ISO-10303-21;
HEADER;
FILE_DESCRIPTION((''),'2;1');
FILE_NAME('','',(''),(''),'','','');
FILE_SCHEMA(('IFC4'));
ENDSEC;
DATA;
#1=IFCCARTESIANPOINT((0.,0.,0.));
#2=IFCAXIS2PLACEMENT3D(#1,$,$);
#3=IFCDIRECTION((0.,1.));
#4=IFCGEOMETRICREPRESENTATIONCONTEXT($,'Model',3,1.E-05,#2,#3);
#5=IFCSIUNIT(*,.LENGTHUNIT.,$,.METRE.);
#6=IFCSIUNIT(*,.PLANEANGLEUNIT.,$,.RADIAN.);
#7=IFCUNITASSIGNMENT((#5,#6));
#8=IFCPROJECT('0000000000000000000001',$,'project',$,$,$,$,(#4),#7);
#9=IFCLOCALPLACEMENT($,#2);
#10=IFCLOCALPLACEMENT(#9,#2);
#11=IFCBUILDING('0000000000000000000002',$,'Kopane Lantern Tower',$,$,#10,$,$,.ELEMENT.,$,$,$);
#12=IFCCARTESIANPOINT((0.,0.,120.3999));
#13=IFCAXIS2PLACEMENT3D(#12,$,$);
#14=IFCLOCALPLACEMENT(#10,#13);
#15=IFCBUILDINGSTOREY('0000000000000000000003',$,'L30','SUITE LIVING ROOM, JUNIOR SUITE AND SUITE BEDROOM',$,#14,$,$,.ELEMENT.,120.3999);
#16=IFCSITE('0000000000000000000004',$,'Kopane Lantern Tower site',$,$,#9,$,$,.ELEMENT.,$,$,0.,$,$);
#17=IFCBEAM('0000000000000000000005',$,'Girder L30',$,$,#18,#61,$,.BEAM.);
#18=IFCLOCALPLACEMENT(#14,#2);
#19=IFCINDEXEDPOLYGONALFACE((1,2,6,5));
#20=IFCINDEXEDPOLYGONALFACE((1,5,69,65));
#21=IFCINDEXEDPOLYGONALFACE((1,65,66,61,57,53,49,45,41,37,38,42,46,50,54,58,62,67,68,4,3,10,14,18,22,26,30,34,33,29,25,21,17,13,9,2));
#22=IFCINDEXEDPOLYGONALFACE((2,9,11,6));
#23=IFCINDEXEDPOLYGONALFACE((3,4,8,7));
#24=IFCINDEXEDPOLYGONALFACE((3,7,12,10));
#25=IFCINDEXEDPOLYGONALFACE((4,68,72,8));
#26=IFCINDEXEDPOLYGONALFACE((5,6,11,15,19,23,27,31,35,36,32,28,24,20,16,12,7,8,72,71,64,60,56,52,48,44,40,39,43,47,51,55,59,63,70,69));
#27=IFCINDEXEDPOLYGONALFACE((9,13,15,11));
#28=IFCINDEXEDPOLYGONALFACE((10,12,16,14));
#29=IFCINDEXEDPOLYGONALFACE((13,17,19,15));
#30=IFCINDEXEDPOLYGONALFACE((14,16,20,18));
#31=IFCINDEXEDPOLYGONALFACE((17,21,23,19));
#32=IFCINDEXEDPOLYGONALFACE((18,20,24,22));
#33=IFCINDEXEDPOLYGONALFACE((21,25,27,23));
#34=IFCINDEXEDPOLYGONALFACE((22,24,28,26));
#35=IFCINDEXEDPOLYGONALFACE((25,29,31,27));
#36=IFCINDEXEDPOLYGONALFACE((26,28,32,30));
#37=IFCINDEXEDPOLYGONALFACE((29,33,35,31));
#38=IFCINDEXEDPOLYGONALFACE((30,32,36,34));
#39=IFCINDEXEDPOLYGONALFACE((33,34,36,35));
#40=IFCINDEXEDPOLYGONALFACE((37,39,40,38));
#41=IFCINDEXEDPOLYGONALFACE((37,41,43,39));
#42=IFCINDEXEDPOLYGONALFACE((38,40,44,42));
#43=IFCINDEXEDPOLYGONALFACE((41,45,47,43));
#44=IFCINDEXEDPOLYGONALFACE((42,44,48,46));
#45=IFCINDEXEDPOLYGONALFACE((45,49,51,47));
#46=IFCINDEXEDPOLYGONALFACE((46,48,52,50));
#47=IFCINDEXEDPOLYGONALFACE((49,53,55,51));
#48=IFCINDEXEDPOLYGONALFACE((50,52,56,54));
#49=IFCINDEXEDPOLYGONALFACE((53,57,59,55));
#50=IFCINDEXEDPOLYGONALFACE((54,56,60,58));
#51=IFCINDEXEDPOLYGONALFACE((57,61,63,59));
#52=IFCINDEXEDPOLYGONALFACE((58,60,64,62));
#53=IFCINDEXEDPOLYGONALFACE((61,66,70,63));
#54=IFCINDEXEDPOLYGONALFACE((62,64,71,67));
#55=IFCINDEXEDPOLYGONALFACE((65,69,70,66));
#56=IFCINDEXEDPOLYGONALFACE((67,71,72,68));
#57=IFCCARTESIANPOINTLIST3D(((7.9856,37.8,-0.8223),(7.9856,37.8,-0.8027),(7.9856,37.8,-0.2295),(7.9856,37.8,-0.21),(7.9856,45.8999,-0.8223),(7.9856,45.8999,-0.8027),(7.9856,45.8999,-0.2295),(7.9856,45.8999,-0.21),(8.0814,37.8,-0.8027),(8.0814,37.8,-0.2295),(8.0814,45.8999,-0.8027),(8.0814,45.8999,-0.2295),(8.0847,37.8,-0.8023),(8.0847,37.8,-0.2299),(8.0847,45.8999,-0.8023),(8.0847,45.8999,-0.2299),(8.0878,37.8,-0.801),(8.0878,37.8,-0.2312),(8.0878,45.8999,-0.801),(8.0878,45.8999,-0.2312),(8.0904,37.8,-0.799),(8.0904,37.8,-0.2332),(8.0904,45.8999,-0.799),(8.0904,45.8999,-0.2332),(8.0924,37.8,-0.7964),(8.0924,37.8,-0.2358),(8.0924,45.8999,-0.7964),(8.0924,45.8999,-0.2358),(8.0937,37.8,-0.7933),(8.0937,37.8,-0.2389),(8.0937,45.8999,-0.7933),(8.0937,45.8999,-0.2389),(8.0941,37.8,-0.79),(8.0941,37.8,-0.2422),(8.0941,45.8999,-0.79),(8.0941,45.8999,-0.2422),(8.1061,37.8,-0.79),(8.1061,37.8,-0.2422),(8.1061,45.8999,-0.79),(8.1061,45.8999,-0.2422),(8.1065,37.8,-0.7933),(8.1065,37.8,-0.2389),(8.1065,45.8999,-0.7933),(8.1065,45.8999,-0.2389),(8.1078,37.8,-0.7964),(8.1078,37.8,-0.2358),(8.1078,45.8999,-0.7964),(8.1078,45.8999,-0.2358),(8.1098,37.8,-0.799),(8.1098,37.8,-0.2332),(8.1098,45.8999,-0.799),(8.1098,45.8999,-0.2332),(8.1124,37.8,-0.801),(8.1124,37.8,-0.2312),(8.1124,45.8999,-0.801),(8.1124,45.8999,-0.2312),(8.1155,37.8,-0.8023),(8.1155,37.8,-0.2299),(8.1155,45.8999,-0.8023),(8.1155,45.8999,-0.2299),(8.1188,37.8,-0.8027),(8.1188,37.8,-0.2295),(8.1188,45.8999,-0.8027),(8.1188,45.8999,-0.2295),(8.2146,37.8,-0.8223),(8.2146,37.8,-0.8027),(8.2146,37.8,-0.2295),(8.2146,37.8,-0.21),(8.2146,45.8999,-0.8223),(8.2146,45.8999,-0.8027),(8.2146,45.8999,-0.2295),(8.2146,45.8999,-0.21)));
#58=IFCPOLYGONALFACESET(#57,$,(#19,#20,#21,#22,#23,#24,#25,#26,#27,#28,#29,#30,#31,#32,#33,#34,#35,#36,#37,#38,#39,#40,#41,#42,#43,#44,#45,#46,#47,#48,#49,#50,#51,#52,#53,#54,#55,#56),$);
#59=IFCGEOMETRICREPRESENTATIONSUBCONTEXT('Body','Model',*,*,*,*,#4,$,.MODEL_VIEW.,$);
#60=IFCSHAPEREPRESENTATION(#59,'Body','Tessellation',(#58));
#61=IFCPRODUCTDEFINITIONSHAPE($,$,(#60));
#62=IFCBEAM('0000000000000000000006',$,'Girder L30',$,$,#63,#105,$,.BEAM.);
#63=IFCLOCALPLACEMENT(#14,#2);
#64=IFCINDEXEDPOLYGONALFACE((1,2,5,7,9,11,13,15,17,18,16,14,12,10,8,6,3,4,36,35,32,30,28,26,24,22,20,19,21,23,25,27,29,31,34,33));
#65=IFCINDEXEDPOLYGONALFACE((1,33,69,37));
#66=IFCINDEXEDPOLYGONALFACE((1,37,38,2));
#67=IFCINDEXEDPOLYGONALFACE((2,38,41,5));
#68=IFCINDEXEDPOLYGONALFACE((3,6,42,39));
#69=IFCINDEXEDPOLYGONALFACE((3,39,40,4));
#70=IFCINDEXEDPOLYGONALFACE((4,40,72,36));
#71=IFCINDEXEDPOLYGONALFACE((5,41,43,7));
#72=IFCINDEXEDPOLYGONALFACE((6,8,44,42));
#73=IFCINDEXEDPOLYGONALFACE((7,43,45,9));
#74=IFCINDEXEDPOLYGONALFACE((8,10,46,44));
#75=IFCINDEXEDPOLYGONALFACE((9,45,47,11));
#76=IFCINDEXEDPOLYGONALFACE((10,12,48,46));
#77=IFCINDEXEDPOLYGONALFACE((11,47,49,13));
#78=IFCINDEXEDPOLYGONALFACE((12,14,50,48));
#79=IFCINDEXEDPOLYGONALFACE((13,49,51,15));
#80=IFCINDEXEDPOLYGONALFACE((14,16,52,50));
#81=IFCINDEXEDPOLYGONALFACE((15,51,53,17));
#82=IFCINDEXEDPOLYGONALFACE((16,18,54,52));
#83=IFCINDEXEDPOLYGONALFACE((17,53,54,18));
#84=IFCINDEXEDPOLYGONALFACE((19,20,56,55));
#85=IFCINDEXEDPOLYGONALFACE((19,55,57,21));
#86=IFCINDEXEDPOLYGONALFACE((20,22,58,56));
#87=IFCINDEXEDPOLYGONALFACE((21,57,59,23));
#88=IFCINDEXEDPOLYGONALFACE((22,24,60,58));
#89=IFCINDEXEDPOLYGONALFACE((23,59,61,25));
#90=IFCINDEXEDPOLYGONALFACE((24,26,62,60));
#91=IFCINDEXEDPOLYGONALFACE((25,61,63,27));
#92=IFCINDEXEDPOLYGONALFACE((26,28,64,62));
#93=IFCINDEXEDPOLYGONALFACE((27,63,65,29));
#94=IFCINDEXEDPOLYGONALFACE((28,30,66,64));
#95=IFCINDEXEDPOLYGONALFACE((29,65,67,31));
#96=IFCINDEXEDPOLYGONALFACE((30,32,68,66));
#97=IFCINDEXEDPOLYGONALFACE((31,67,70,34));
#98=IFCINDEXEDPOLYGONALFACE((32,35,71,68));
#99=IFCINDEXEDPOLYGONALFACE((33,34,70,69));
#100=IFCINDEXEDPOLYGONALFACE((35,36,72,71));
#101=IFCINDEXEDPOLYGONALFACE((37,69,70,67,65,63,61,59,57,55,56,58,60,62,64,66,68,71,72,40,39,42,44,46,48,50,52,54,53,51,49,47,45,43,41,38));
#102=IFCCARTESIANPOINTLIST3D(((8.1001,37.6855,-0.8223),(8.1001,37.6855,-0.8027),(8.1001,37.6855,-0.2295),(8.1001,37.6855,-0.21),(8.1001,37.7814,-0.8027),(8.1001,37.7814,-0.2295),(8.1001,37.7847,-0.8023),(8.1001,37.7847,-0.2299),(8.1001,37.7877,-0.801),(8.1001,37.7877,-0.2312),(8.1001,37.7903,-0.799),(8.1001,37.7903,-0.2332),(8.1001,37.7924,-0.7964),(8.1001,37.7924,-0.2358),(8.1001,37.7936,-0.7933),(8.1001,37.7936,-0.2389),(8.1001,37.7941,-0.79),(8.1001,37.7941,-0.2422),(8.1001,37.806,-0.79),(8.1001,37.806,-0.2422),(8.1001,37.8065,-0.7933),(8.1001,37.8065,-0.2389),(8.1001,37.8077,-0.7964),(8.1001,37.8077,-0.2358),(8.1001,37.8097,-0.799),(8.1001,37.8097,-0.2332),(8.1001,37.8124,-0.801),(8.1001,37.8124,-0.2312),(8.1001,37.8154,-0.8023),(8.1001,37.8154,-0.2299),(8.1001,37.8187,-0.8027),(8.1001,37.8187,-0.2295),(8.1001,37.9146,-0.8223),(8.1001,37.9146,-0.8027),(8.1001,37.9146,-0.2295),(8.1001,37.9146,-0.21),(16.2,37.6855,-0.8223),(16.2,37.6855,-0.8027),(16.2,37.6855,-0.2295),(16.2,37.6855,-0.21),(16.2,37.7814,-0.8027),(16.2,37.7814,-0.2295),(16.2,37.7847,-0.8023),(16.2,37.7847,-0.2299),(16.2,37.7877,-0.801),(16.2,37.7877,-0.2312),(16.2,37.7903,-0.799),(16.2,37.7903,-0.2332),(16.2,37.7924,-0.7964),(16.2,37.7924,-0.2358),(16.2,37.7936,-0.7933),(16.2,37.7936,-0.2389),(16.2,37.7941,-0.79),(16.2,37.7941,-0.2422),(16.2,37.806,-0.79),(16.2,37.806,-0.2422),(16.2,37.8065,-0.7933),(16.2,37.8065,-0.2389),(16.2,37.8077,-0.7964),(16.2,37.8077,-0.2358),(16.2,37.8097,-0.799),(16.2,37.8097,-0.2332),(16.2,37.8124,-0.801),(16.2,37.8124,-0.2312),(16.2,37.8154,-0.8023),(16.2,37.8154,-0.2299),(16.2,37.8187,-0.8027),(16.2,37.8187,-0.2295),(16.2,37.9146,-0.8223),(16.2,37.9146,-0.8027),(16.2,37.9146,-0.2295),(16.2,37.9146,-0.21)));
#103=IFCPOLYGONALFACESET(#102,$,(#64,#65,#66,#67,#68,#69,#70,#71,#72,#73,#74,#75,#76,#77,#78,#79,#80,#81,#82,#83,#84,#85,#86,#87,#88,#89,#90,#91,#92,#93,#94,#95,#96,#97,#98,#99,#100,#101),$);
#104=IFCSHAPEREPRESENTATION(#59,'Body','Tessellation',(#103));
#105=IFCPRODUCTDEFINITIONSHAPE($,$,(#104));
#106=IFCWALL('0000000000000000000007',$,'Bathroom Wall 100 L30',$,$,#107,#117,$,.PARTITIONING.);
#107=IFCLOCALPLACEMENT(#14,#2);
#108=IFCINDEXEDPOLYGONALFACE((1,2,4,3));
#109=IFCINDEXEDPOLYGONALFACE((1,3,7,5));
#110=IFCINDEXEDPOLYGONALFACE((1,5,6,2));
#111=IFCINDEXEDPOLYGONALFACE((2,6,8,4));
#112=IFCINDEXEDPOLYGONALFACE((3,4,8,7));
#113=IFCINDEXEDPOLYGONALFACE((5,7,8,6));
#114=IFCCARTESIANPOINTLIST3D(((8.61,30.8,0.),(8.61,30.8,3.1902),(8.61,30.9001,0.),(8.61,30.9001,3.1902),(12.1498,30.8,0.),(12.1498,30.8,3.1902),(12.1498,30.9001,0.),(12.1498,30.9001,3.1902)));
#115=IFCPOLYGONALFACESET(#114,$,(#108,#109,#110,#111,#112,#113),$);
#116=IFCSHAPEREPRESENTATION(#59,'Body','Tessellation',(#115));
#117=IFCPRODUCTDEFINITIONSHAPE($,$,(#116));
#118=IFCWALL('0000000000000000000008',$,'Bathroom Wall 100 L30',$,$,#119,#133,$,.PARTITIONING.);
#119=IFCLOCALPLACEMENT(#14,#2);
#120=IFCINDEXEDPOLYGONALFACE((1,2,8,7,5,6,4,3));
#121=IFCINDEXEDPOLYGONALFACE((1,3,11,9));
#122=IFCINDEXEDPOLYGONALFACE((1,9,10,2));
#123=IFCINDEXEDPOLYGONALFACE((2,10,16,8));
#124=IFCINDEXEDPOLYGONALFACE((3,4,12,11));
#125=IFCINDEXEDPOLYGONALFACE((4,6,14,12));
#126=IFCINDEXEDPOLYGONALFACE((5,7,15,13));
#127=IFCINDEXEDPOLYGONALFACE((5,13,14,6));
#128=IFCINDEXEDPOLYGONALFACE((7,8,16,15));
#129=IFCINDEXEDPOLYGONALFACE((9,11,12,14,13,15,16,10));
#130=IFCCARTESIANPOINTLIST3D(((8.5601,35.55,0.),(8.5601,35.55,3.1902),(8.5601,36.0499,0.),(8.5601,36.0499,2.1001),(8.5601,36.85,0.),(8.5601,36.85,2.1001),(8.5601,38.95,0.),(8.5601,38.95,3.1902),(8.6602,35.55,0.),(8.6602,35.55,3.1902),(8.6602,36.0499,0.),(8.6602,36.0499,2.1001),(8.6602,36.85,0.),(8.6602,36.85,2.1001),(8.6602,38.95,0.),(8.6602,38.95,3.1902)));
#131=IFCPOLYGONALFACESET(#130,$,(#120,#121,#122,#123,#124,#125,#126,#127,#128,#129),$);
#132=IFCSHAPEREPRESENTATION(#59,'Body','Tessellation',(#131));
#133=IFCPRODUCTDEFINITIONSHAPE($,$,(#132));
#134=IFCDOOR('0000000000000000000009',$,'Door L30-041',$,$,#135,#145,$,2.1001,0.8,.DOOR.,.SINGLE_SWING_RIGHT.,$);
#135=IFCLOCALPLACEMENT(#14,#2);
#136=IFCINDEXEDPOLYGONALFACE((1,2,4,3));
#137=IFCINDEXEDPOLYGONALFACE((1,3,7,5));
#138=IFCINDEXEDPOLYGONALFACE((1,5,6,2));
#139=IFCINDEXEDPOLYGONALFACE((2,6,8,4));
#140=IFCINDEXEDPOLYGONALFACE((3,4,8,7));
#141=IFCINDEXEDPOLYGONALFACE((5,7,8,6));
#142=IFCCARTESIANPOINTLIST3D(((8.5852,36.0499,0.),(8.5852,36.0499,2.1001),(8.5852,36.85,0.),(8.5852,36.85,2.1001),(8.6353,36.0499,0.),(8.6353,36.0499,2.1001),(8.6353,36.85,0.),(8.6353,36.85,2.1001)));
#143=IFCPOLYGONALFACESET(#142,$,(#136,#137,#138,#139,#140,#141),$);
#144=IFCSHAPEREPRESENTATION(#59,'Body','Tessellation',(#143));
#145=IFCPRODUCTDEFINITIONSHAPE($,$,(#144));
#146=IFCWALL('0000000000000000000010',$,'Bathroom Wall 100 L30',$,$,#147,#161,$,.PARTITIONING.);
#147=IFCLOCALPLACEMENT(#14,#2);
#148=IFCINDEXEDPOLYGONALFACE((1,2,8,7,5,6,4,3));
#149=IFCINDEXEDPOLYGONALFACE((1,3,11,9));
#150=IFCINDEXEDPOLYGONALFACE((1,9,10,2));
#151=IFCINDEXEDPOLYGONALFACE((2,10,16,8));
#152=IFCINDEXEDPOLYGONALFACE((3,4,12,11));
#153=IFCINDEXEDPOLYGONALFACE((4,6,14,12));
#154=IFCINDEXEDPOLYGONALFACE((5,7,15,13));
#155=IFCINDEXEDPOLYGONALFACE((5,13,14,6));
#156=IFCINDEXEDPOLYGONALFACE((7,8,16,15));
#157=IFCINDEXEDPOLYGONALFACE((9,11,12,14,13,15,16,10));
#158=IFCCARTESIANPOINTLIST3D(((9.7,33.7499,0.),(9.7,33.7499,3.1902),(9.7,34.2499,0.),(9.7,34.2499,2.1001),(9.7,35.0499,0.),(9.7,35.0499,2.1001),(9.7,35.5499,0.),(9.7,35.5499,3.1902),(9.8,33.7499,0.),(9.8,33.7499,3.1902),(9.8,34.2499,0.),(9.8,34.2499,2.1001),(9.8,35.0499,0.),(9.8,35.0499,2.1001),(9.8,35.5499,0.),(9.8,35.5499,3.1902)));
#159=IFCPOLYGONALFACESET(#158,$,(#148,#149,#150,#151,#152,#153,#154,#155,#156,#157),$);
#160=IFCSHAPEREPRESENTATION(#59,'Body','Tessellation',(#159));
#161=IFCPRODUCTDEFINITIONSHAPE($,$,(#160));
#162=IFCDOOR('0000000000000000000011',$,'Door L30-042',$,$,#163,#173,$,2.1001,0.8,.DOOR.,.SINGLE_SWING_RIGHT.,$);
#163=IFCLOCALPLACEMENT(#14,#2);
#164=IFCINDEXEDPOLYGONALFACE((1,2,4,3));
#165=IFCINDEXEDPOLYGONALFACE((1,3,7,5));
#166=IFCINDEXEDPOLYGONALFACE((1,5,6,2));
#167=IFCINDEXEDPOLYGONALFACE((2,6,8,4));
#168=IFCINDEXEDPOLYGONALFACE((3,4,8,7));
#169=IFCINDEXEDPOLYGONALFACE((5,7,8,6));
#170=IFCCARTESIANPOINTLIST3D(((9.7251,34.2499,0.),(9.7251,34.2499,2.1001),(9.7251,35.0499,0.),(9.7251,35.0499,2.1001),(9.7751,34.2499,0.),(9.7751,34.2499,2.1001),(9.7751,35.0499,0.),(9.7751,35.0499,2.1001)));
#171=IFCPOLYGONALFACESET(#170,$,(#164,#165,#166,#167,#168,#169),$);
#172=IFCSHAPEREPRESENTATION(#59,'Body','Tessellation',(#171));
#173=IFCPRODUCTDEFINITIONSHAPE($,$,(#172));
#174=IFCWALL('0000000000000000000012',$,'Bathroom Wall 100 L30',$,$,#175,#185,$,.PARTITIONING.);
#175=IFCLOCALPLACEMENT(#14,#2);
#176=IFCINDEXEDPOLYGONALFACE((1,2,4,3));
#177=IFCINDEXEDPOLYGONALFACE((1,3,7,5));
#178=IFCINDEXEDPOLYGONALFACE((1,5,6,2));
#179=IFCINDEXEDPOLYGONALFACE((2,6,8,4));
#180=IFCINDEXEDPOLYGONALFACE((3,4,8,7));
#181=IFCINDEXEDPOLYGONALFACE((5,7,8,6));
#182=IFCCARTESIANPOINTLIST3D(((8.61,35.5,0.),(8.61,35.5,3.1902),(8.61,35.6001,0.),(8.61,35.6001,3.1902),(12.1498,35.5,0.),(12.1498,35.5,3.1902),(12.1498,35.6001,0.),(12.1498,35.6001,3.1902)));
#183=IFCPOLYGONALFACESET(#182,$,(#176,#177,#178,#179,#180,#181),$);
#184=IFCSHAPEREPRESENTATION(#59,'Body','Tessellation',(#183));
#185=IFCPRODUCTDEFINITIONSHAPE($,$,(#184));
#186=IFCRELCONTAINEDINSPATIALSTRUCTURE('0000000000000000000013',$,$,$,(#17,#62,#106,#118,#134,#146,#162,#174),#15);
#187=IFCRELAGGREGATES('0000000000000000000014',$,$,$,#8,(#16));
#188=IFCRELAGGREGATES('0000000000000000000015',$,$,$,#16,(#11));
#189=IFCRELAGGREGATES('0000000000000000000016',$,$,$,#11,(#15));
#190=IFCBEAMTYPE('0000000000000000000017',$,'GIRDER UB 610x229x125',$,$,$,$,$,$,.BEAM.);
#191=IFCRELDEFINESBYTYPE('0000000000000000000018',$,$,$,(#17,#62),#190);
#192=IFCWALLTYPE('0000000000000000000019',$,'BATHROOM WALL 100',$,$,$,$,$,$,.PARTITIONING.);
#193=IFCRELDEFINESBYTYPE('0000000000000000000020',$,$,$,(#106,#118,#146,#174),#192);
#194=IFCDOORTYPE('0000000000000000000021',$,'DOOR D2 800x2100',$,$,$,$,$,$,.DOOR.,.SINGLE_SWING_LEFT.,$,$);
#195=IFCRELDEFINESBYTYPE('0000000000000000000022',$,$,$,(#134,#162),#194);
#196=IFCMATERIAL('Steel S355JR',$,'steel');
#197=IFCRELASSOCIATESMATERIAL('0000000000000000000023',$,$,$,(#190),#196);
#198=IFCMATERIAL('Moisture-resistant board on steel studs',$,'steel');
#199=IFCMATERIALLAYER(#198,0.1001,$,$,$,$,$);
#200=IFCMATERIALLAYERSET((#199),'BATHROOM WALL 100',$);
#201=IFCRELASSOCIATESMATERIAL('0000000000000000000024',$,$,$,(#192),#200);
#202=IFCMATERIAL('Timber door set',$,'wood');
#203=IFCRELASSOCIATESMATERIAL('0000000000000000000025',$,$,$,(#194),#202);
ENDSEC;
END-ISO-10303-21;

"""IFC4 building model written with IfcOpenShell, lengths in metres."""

from ifc_helpers import new_model, si_unit, direction, frame, frame_2d, origin, origin_2d, place, context, subcontext, project, spatial, rectangle, i_section, extrude, material, layer, layer_set, material_profile, profile_set, type_object, element, fill, save


model = new_model("IFC4")

# Units and contexts
model_context = context("Model", 3, precision=1e-05, world=origin(), true_north=direction((0.0, 1.0)))
body_context = subcontext(model_context, "Body", "Model", "MODEL_VIEW")
ifc_project = project(units=[si_unit("LENGTHUNIT", "METRE"), si_unit("PLANEANGLEUNIT", "RADIAN")], contexts=[model_context])

# Site, building, storey
site_placement = place(None, origin())
site = spatial("IfcSite", under=ifc_project, at=site_placement, Name="Kopane Lantern Tower site", CompositionType="ELEMENT", RefElevation=0.0)
building_placement = place(site_placement, origin())
building = spatial("IfcBuilding", under=site, at=building_placement, Name="Kopane Lantern Tower", CompositionType="ELEMENT")
storey_placement = place(building_placement, frame((0.0, 0.0, 120.3999)))
storey = spatial("IfcBuildingStorey", under=building, at=storey_placement, Name="L30", Description="SUITE LIVING ROOM, JUNIOR SUITE AND SUITE BEDROOM", CompositionType="ELEMENT", Elevation=120.3999)

# Beams
ifc_material_1 = material(Name="Steel S355JR", Category="steel")
ifc_material_profile_1 = material_profile(ifc_material_1, i_section(OverallWidth=0.229, OverallDepth=0.6123, WebThickness=0.012, FlangeThickness=0.0195, FilletRadius=0.0127, at=origin_2d()), Name="UB 610x229x125")
ifc_profile_set_1 = profile_set([ifc_material_profile_1], Name="Steel S355JR")
beam_type = type_object("IfcBeamType", Name="GIRDER UB 610x229x125", PredefinedType="BEAM", material=ifc_profile_set_1)
for number, where, z_axis, x_axis, name in (
    (1, (8.1001, 37.8, -0.5161), (0.0, 1.0, 0.0), (-1.0, 0.0, 0.0), "Girder L30"),
    (2, (8.1001, 37.8, -0.5161), (1.0, 0.0, 0.0), (0.0, 1.0, 0.0), "Girder L30"),
):
    element("IfcBeam", number, at=place(storey_placement, frame(where, z_axis=z_axis, x_axis=x_axis)), inside=storey, type_object=beam_type, Name=name, PredefinedType="BEAM", context=body_context, shape_type="SweptSolid", body=[
        extrude(i_section(OverallWidth=0.229, OverallDepth=0.6123, WebThickness=0.012, FlangeThickness=0.0195, FilletRadius=0.0127, at=origin_2d()), origin(), (0.0, 0.0, 1.0), 8.0999),
    ])

# Wall
ifc_material_2 = material(Name="Moisture-resistant board on steel studs", Category="steel")
ifc_layer_1 = layer(ifc_material_2, 0.1001)
ifc_layer_set_1 = layer_set([ifc_layer_1], Name="BATHROOM WALL 100")
wall_type_1 = type_object("IfcWallType", Name="BATHROOM WALL 100", PredefinedType="PARTITIONING", material=ifc_layer_set_1)
wall_1_placement = place(storey_placement, frame((12.1499, 30.8501, 0.0), z_axis=(0.0, 0.0, 1.0), x_axis=(-1.0, 0.0, 0.0)))
element("IfcWall", 3, at=wall_1_placement, inside=storey, type_object=wall_type_1, Name="Bathroom Wall 100 L30", PredefinedType="PARTITIONING", context=body_context, shape_type="SweptSolid", body=[
    extrude(rectangle(XDim=3.5398, YDim=0.1001, at=frame_2d((1.77, 0.0))), origin(), (0.0, 0.0, 1.0), 3.1902),
])

# Walls, openings, doors
wall_2_placement = place(storey_placement, frame((8.6101, 35.55, 0.0), z_axis=(0.0, 0.0, 1.0), x_axis=(0.0, 1.0, 0.0)))
wall_2 = element("IfcWall", 4, at=wall_2_placement, inside=storey, type_object=wall_type_1, Name="Bathroom Wall 100 L30", PredefinedType="PARTITIONING", context=body_context, shape_type="SweptSolid", body=[
    extrude(rectangle(XDim=3.3999, YDim=0.1001, at=frame_2d((1.7, 0.0))), origin(), (0.0, 0.0, 1.0), 3.1902),
])
opening_1_placement = place(wall_2_placement, frame((0.5, 0.0, 0.0)))
opening_1 = element("IfcOpeningElement", 5, at=opening_1_placement, cuts=wall_2, PredefinedType="OPENING", context=body_context, shape_type="SweptSolid", body=[
    extrude(rectangle(XDim=0.8, YDim=2.1001, at=frame_2d((0.3999, 1.05))), frame((0.0, 0.0601, 0.0), z_axis=(0.0, -1.0, 0.0), x_axis=(1.0, 0.0, 0.0)), (0.0, 0.0, 1.0), 0.1201),
])
ifc_material_3 = material(Name="Timber door set", Category="wood")
door_type = type_object("IfcDoorType", Name="DOOR D2 800x2100", OperationType="SINGLE_SWING_LEFT", PredefinedType="DOOR", material=ifc_material_3)
door_1_placement = place(opening_1_placement, origin())
door_1 = element("IfcDoor", 6, at=door_1_placement, inside=storey, type_object=door_type, Name="Door L30-041", OperationType="SINGLE_SWING_RIGHT", OverallHeight=2.1001, OverallWidth=0.8, PredefinedType="DOOR", context=body_context, shape_type="SweptSolid", body=[
    extrude(rectangle(XDim=0.8, YDim=2.1001, at=frame_2d((0.3999, 1.05))), frame((0.0, 0.0249, 0.0), z_axis=(0.0, -1.0, 0.0), x_axis=(1.0, 0.0, 0.0)), (0.0, 0.0, 1.0), 0.05),
])
fill(opening_1, door_1)
wall_3_placement = place(storey_placement, frame((9.75, 33.75, 0.0), z_axis=(0.0, 0.0, 1.0), x_axis=(0.0, 1.0, 0.0)))
wall_3 = element("IfcWall", 7, at=wall_3_placement, inside=storey, type_object=wall_type_1, Name="Bathroom Wall 100 L30", PredefinedType="PARTITIONING", context=body_context, shape_type="SweptSolid", body=[
    extrude(rectangle(XDim=1.8, YDim=0.1001, at=frame_2d((0.8999, 0.0))), origin(), (0.0, 0.0, 1.0), 3.1902),
])
opening_2_placement = place(wall_3_placement, frame((0.5, 0.0, 0.0)))
opening_2 = element("IfcOpeningElement", 8, at=opening_2_placement, cuts=wall_3, PredefinedType="OPENING", context=body_context, shape_type="SweptSolid", body=[
    extrude(rectangle(XDim=0.8, YDim=2.1001, at=frame_2d((0.3999, 1.05))), frame((0.0, 0.0601, 0.0), z_axis=(0.0, -1.0, 0.0), x_axis=(1.0, 0.0, 0.0)), (0.0, 0.0, 1.0), 0.1201),
])
door_2_placement = place(opening_2_placement, origin())
door_2 = element("IfcDoor", 9, at=door_2_placement, inside=storey, type_object=door_type, Name="Door L30-042", OperationType="SINGLE_SWING_RIGHT", OverallHeight=2.1001, OverallWidth=0.8, PredefinedType="DOOR", context=body_context, shape_type="SweptSolid", body=[
    extrude(rectangle(XDim=0.8, YDim=2.1001, at=frame_2d((0.3999, 1.05))), frame((0.0, 0.0249, 0.0), z_axis=(0.0, -1.0, 0.0), x_axis=(1.0, 0.0, 0.0)), (0.0, 0.0, 1.0), 0.05),
])
fill(opening_2, door_2)

# Wall
for number, where, z_axis, x_axis, name in (
    (10, (12.1499, 35.55, 0.0), (0.0, 0.0, 1.0), (-1.0, 0.0, 0.0), "Bathroom Wall 100 L30"),
):
    element("IfcWall", number, at=place(storey_placement, frame(where, z_axis=z_axis, x_axis=x_axis)), inside=storey, type_object=wall_type_1, Name=name, PredefinedType="PARTITIONING", context=body_context, shape_type="SweptSolid", body=[
        extrude(rectangle(XDim=3.5398, YDim=0.1001, at=frame_2d((1.77, 0.0))), origin(), (0.0, 0.0, 1.0), 3.1902),
    ])

save(model, "model.ifc")
